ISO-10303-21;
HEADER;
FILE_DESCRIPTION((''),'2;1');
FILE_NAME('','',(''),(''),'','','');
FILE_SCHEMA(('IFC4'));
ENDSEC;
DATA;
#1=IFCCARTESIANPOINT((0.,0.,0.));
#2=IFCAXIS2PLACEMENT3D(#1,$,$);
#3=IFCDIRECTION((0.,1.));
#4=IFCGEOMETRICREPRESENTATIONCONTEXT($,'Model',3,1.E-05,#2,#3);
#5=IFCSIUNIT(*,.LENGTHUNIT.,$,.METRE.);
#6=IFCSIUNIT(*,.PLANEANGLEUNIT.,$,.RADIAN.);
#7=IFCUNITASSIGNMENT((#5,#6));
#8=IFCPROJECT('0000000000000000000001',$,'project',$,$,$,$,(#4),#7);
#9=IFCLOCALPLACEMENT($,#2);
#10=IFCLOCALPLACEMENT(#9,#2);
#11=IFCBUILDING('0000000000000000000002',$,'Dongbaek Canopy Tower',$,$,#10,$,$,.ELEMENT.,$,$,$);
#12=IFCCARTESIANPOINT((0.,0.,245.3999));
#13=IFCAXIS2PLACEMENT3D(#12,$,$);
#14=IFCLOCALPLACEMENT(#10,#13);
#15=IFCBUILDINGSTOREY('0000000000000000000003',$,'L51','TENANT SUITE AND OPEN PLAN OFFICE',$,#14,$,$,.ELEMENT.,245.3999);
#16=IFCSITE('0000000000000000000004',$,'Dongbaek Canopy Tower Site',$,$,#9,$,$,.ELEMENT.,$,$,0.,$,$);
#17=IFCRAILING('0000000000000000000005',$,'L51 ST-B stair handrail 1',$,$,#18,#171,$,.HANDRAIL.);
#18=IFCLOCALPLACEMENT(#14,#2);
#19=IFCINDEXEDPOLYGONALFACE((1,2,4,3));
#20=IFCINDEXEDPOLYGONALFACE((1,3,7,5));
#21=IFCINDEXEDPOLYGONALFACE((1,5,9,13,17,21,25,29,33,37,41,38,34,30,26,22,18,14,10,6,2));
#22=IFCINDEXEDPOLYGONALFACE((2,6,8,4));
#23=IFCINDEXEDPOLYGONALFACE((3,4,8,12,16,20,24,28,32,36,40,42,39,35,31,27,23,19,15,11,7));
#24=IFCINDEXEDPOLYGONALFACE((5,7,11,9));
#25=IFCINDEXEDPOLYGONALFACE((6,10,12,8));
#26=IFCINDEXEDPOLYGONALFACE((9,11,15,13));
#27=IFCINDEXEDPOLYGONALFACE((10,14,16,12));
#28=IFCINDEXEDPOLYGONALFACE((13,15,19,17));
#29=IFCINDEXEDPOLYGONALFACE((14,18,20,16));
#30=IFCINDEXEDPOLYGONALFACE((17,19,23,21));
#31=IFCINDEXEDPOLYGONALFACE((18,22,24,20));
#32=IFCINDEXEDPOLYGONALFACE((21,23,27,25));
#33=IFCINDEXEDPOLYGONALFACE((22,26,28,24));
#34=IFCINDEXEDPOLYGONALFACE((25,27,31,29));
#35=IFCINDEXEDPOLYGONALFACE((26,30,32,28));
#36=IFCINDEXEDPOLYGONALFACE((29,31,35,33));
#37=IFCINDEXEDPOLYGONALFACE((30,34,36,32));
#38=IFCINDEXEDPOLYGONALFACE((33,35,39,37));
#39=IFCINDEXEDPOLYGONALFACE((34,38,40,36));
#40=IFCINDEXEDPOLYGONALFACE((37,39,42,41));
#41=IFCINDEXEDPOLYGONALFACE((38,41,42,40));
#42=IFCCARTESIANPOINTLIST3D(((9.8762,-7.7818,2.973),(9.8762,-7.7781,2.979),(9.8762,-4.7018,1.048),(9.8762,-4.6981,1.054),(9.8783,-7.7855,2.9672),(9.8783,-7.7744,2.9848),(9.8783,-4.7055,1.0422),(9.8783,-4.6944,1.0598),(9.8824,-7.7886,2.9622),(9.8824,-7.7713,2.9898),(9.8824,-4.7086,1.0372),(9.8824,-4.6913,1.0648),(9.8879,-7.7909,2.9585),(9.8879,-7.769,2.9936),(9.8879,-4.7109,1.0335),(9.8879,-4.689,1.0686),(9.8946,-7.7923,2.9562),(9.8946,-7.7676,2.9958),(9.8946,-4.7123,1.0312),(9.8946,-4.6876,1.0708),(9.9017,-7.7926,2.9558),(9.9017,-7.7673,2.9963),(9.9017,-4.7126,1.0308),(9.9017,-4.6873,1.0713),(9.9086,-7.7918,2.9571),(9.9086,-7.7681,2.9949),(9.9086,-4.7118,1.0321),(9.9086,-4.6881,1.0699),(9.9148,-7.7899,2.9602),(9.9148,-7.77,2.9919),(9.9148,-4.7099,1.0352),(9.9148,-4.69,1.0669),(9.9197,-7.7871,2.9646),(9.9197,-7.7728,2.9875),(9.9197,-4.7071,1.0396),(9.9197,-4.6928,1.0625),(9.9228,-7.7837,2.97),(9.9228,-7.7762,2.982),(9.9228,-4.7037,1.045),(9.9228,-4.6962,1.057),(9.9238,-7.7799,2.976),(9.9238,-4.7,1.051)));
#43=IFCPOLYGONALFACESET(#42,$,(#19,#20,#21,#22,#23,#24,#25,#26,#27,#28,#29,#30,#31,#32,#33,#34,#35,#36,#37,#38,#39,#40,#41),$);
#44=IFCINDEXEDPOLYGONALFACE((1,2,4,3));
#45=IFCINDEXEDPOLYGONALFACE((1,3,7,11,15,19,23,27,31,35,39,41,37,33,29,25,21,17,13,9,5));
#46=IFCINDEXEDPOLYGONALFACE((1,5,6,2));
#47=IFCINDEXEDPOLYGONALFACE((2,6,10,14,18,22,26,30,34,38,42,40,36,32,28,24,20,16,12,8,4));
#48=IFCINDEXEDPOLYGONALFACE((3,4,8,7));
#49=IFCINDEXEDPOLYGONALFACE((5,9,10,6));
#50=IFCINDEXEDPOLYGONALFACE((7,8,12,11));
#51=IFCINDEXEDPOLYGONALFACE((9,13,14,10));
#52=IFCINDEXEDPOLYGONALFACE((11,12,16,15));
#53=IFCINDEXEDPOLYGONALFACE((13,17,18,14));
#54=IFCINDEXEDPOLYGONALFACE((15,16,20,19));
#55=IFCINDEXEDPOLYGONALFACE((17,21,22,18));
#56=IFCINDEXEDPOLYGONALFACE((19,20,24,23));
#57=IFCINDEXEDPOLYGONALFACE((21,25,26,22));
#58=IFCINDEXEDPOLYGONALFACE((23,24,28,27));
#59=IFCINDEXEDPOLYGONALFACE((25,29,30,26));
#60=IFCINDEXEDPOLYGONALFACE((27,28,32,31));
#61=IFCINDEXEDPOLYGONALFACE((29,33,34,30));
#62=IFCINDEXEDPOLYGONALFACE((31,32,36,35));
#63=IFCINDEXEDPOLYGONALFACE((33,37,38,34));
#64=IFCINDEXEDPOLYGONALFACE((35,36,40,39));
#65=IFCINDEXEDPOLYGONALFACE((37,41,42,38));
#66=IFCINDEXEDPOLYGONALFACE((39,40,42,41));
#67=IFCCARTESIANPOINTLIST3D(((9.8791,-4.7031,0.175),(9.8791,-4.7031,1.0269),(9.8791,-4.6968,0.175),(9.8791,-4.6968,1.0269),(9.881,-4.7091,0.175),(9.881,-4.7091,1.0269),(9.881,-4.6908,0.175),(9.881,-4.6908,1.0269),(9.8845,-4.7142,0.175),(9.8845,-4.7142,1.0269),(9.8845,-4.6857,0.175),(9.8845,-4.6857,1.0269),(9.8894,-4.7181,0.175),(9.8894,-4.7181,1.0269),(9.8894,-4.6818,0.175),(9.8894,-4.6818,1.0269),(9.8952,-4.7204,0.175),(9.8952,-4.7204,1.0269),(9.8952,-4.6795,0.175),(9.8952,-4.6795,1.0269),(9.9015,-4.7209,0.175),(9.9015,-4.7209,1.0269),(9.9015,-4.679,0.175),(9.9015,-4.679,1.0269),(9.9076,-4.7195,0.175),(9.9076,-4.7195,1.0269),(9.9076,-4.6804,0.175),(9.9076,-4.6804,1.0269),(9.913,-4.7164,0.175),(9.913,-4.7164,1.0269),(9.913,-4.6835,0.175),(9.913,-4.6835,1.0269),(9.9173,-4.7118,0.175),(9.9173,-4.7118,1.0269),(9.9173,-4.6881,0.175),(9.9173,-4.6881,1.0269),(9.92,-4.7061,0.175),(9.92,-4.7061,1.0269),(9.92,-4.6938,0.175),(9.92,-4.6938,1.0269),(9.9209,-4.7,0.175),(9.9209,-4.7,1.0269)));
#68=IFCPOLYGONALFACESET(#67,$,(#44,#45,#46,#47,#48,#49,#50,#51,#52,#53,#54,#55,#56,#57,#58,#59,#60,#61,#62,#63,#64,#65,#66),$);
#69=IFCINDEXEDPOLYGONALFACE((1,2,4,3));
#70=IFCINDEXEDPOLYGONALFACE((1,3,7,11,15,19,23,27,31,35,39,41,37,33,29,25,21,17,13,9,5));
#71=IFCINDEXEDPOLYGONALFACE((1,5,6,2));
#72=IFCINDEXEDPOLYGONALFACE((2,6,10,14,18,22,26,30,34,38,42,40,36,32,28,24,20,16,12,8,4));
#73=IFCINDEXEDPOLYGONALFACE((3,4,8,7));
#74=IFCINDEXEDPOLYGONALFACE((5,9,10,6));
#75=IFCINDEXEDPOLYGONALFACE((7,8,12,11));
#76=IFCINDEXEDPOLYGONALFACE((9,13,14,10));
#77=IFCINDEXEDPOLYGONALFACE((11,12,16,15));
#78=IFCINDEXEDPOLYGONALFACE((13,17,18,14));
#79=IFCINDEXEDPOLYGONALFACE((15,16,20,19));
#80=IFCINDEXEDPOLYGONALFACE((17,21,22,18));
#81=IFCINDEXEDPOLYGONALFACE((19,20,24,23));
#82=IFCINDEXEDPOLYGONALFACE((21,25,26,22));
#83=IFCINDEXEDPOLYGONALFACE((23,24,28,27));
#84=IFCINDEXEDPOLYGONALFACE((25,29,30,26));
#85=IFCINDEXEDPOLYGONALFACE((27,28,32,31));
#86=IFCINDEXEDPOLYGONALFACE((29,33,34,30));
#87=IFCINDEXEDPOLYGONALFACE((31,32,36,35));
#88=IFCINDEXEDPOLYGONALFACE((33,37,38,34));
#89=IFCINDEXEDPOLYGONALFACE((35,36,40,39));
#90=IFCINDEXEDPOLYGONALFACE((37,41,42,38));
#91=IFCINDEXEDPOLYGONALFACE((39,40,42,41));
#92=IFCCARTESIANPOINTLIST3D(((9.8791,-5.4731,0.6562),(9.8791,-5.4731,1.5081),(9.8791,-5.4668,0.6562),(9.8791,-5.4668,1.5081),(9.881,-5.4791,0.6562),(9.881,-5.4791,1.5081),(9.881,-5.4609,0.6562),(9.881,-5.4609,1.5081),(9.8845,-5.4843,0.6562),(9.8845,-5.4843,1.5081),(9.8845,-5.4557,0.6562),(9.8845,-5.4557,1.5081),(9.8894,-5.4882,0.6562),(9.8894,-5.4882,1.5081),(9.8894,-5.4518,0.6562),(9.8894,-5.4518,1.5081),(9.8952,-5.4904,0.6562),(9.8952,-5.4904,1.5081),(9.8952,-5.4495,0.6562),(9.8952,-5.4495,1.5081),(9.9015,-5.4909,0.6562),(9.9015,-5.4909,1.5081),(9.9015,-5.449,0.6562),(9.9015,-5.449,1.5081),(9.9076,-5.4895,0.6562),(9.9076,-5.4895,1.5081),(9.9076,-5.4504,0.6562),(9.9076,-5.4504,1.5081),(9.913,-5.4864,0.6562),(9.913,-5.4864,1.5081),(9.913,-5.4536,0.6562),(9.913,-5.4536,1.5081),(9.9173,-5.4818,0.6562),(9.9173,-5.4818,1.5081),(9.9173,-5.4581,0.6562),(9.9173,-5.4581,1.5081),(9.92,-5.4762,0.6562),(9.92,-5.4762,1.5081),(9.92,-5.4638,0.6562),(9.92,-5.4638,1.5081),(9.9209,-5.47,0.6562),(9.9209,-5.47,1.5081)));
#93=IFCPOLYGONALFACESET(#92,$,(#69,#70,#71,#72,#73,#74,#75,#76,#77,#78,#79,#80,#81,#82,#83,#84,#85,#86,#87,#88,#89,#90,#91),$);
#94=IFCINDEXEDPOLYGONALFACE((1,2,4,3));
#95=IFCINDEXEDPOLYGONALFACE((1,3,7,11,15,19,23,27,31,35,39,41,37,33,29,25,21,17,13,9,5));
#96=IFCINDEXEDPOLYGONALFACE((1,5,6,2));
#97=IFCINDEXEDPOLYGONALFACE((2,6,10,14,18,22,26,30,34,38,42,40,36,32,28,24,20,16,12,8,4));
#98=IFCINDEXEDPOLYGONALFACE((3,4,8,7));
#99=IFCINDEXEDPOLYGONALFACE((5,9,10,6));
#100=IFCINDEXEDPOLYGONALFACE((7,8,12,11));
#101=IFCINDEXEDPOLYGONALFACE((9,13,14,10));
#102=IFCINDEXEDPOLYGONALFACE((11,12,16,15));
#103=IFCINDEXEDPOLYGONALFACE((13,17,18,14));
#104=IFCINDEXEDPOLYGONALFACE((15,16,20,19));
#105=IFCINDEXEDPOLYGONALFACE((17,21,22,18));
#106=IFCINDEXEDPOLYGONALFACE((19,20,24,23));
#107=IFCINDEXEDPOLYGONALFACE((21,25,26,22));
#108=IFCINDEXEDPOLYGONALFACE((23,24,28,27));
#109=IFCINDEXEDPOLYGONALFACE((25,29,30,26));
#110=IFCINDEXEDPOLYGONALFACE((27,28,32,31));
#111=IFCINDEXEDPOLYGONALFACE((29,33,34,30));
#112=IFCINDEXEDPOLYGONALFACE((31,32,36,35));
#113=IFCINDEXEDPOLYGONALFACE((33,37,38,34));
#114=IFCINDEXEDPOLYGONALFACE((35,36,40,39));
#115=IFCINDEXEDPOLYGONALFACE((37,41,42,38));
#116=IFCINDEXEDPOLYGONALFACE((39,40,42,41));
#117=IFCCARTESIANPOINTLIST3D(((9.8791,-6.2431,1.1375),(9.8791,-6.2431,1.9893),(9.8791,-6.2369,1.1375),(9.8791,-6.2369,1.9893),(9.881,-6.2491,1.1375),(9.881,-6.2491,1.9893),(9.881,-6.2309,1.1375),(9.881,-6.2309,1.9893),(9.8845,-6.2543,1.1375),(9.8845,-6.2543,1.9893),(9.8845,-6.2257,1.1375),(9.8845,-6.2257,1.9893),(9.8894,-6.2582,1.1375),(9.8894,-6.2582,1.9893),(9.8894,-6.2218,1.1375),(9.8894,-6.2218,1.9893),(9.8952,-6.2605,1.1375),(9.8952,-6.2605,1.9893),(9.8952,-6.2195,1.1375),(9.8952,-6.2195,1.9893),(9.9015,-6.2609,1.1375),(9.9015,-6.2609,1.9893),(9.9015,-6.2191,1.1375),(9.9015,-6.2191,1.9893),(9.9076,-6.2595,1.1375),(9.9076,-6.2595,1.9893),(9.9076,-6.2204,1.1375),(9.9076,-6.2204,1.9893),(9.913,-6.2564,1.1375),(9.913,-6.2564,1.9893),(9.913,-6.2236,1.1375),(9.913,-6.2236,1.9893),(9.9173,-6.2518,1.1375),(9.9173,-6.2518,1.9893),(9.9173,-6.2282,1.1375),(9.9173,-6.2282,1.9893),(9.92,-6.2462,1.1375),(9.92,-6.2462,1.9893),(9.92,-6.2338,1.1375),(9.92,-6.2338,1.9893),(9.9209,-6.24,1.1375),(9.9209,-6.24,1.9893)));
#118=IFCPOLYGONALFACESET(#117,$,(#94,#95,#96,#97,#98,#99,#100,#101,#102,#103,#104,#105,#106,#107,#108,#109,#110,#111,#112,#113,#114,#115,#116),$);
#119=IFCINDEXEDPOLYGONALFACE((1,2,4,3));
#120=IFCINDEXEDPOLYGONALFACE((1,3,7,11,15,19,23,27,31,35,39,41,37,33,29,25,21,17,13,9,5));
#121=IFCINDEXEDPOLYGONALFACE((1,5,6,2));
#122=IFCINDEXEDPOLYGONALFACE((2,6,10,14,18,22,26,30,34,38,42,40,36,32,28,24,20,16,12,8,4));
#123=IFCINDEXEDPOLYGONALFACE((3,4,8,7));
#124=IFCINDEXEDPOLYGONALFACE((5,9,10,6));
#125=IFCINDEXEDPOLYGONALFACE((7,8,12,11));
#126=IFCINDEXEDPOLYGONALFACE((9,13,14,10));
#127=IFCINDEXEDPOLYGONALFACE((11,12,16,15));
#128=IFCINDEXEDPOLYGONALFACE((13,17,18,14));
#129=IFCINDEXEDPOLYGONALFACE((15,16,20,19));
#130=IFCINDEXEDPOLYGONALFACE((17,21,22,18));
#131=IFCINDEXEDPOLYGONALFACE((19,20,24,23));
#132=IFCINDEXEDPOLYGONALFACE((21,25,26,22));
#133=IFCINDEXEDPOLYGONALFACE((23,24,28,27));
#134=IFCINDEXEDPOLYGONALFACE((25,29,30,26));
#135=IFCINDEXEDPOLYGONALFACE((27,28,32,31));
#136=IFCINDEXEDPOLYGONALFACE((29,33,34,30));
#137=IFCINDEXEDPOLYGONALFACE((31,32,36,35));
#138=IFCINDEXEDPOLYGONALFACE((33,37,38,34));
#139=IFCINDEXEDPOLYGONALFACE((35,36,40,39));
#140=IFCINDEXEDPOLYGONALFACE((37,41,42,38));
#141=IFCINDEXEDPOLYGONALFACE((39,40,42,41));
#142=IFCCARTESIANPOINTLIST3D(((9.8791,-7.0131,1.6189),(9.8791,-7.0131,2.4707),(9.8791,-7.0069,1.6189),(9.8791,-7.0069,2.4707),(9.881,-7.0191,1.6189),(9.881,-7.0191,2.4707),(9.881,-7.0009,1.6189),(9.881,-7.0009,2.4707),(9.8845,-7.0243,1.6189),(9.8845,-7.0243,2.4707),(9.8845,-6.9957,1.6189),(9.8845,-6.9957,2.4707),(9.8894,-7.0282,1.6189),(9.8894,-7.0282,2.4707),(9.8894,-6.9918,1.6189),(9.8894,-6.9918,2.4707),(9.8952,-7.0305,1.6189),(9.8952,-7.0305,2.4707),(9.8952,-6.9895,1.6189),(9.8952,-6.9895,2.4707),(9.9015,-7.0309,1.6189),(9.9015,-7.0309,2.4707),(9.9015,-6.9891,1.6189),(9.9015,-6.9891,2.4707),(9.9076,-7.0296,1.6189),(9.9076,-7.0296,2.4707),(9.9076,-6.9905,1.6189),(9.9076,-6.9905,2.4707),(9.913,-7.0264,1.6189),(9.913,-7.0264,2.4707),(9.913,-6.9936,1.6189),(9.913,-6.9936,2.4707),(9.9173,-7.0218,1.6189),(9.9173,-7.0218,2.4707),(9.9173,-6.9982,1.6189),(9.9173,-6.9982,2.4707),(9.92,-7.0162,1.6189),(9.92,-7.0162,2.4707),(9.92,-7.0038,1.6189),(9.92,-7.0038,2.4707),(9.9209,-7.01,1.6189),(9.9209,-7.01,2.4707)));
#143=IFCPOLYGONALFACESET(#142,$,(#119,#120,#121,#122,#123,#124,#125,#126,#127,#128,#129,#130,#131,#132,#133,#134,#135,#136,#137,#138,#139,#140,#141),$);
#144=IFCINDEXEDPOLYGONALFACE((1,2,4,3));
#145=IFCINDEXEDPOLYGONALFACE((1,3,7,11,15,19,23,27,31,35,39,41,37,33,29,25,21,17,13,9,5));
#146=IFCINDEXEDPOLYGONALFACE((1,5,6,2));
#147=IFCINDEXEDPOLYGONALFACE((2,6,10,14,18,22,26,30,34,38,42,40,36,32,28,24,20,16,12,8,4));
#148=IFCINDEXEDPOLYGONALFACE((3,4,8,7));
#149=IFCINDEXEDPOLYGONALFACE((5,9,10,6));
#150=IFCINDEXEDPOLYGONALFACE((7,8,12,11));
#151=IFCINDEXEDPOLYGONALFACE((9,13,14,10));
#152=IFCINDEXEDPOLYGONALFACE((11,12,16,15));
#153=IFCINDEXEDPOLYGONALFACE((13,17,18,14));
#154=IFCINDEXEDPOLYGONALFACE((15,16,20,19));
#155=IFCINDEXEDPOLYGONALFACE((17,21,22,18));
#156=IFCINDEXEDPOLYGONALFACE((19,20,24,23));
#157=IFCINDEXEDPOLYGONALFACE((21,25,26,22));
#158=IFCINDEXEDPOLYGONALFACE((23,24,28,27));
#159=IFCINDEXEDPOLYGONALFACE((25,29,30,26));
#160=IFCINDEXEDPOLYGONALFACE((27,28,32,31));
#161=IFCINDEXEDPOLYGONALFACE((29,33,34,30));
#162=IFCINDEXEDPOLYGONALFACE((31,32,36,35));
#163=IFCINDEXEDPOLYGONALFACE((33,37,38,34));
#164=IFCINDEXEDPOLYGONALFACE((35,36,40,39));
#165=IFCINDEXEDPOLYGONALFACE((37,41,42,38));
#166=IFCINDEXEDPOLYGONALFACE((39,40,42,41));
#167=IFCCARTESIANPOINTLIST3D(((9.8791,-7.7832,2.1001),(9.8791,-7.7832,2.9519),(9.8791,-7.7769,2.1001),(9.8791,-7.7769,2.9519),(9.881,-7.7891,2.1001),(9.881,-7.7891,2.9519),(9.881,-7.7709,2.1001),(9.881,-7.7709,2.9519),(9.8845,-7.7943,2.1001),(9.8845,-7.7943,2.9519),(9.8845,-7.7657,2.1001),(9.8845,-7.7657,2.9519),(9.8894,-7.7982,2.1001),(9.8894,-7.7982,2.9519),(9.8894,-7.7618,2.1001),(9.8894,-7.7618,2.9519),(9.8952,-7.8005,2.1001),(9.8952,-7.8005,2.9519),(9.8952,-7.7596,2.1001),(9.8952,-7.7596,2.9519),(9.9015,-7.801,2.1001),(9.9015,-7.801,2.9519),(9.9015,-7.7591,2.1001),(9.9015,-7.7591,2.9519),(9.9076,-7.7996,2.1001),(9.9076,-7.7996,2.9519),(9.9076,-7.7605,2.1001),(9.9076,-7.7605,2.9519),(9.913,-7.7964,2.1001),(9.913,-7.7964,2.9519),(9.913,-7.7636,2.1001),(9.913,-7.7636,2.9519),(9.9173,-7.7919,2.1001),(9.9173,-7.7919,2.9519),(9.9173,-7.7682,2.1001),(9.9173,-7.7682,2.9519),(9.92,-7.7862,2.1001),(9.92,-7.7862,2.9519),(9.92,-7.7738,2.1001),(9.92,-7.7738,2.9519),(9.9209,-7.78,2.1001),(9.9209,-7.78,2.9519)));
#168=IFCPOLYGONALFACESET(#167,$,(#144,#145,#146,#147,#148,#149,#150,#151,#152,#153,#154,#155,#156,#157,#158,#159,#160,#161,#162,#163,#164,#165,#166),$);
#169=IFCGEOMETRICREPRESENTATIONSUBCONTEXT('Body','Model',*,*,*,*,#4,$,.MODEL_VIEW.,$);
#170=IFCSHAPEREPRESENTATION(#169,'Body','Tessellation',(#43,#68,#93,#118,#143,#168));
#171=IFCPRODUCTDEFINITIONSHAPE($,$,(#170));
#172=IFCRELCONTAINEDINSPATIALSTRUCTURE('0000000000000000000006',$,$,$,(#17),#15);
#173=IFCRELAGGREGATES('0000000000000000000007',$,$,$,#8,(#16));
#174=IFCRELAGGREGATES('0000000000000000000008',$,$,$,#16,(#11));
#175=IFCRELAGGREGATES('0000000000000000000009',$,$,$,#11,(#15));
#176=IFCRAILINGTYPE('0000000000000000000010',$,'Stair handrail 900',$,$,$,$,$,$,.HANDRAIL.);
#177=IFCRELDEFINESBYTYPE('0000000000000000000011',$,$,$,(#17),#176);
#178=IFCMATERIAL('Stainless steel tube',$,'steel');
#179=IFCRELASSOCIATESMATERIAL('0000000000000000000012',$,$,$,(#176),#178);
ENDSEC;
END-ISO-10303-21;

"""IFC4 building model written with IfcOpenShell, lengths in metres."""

from ifc_helpers import new_model, si_unit, direction, frame, origin, origin_2d, place, context, subcontext, project, spatial, circle, extrude, material, type_object, element, save


model = new_model("IFC4")

# Units and contexts
model_context = context("Model", 3, precision=1e-05, world=origin(), true_north=direction((0.0, 1.0)))
body_context = subcontext(model_context, "Body", "Model", "MODEL_VIEW")
ifc_project = project(units=[si_unit("LENGTHUNIT", "METRE"), si_unit("PLANEANGLEUNIT", "RADIAN")], contexts=[model_context])

# Site, building, storey
site_placement = place(None, origin())
site = spatial("IfcSite", under=ifc_project, at=site_placement, Name="Dongbaek Canopy Tower Site", CompositionType="ELEMENT", RefElevation=0.0)
building_placement = place(site_placement, origin())
building = spatial("IfcBuilding", under=site, at=building_placement, Name="Dongbaek Canopy Tower", CompositionType="ELEMENT")
storey_placement = place(building_placement, frame((0.0, 0.0, 245.3999)))
storey = spatial("IfcBuildingStorey", under=building, at=storey_placement, Name="L51", Description="TENANT SUITE AND OPEN PLAN OFFICE", CompositionType="ELEMENT", Elevation=245.3999)

# Railing
ifc_material_1 = material(Name="Stainless steel tube", Category="steel")
railing_type_1 = type_object("IfcRailingType", Name="Stair handrail 900", PredefinedType="HANDRAIL", material=ifc_material_1)
railing_1_placement = place(storey_placement, frame((9.8999, -4.7, 0.175)))
element("IfcRailing", 1, at=railing_1_placement, inside=storey, type_object=railing_type_1, Name="L51 ST-B stair handrail 1", PredefinedType="HANDRAIL", context=body_context, shape_type="SweptSolid", body=[
    extrude(circle(Radius=0.0239, at=origin_2d()), frame((0.0, 0.0, 0.876), z_axis=(0.0, -0.847998, 0.529999), x_axis=(1.0, 0.0, 0.0)), (0.0, 0.0, 1.0), 3.6321),
    extrude(circle(Radius=0.021, at=origin_2d()), origin(), (0.0, 0.0, 1.0), 0.8518),
    extrude(circle(Radius=0.021, at=origin_2d()), frame((0.0, -0.77, 0.4812)), (0.0, 0.0, 1.0), 0.8518),
    extrude(circle(Radius=0.021, at=origin_2d()), frame((0.0, -1.54, 0.9624)), (0.0, 0.0, 1.0), 0.8518),
    extrude(circle(Radius=0.021, at=origin_2d()), frame((0.0, -2.3101, 1.4438)), (0.0, 0.0, 1.0), 0.8518),
    extrude(circle(Radius=0.021, at=origin_2d()), frame((0.0, -3.0801, 1.925)), (0.0, 0.0, 1.0), 0.8518),
])

save(model, "model.ifc")
